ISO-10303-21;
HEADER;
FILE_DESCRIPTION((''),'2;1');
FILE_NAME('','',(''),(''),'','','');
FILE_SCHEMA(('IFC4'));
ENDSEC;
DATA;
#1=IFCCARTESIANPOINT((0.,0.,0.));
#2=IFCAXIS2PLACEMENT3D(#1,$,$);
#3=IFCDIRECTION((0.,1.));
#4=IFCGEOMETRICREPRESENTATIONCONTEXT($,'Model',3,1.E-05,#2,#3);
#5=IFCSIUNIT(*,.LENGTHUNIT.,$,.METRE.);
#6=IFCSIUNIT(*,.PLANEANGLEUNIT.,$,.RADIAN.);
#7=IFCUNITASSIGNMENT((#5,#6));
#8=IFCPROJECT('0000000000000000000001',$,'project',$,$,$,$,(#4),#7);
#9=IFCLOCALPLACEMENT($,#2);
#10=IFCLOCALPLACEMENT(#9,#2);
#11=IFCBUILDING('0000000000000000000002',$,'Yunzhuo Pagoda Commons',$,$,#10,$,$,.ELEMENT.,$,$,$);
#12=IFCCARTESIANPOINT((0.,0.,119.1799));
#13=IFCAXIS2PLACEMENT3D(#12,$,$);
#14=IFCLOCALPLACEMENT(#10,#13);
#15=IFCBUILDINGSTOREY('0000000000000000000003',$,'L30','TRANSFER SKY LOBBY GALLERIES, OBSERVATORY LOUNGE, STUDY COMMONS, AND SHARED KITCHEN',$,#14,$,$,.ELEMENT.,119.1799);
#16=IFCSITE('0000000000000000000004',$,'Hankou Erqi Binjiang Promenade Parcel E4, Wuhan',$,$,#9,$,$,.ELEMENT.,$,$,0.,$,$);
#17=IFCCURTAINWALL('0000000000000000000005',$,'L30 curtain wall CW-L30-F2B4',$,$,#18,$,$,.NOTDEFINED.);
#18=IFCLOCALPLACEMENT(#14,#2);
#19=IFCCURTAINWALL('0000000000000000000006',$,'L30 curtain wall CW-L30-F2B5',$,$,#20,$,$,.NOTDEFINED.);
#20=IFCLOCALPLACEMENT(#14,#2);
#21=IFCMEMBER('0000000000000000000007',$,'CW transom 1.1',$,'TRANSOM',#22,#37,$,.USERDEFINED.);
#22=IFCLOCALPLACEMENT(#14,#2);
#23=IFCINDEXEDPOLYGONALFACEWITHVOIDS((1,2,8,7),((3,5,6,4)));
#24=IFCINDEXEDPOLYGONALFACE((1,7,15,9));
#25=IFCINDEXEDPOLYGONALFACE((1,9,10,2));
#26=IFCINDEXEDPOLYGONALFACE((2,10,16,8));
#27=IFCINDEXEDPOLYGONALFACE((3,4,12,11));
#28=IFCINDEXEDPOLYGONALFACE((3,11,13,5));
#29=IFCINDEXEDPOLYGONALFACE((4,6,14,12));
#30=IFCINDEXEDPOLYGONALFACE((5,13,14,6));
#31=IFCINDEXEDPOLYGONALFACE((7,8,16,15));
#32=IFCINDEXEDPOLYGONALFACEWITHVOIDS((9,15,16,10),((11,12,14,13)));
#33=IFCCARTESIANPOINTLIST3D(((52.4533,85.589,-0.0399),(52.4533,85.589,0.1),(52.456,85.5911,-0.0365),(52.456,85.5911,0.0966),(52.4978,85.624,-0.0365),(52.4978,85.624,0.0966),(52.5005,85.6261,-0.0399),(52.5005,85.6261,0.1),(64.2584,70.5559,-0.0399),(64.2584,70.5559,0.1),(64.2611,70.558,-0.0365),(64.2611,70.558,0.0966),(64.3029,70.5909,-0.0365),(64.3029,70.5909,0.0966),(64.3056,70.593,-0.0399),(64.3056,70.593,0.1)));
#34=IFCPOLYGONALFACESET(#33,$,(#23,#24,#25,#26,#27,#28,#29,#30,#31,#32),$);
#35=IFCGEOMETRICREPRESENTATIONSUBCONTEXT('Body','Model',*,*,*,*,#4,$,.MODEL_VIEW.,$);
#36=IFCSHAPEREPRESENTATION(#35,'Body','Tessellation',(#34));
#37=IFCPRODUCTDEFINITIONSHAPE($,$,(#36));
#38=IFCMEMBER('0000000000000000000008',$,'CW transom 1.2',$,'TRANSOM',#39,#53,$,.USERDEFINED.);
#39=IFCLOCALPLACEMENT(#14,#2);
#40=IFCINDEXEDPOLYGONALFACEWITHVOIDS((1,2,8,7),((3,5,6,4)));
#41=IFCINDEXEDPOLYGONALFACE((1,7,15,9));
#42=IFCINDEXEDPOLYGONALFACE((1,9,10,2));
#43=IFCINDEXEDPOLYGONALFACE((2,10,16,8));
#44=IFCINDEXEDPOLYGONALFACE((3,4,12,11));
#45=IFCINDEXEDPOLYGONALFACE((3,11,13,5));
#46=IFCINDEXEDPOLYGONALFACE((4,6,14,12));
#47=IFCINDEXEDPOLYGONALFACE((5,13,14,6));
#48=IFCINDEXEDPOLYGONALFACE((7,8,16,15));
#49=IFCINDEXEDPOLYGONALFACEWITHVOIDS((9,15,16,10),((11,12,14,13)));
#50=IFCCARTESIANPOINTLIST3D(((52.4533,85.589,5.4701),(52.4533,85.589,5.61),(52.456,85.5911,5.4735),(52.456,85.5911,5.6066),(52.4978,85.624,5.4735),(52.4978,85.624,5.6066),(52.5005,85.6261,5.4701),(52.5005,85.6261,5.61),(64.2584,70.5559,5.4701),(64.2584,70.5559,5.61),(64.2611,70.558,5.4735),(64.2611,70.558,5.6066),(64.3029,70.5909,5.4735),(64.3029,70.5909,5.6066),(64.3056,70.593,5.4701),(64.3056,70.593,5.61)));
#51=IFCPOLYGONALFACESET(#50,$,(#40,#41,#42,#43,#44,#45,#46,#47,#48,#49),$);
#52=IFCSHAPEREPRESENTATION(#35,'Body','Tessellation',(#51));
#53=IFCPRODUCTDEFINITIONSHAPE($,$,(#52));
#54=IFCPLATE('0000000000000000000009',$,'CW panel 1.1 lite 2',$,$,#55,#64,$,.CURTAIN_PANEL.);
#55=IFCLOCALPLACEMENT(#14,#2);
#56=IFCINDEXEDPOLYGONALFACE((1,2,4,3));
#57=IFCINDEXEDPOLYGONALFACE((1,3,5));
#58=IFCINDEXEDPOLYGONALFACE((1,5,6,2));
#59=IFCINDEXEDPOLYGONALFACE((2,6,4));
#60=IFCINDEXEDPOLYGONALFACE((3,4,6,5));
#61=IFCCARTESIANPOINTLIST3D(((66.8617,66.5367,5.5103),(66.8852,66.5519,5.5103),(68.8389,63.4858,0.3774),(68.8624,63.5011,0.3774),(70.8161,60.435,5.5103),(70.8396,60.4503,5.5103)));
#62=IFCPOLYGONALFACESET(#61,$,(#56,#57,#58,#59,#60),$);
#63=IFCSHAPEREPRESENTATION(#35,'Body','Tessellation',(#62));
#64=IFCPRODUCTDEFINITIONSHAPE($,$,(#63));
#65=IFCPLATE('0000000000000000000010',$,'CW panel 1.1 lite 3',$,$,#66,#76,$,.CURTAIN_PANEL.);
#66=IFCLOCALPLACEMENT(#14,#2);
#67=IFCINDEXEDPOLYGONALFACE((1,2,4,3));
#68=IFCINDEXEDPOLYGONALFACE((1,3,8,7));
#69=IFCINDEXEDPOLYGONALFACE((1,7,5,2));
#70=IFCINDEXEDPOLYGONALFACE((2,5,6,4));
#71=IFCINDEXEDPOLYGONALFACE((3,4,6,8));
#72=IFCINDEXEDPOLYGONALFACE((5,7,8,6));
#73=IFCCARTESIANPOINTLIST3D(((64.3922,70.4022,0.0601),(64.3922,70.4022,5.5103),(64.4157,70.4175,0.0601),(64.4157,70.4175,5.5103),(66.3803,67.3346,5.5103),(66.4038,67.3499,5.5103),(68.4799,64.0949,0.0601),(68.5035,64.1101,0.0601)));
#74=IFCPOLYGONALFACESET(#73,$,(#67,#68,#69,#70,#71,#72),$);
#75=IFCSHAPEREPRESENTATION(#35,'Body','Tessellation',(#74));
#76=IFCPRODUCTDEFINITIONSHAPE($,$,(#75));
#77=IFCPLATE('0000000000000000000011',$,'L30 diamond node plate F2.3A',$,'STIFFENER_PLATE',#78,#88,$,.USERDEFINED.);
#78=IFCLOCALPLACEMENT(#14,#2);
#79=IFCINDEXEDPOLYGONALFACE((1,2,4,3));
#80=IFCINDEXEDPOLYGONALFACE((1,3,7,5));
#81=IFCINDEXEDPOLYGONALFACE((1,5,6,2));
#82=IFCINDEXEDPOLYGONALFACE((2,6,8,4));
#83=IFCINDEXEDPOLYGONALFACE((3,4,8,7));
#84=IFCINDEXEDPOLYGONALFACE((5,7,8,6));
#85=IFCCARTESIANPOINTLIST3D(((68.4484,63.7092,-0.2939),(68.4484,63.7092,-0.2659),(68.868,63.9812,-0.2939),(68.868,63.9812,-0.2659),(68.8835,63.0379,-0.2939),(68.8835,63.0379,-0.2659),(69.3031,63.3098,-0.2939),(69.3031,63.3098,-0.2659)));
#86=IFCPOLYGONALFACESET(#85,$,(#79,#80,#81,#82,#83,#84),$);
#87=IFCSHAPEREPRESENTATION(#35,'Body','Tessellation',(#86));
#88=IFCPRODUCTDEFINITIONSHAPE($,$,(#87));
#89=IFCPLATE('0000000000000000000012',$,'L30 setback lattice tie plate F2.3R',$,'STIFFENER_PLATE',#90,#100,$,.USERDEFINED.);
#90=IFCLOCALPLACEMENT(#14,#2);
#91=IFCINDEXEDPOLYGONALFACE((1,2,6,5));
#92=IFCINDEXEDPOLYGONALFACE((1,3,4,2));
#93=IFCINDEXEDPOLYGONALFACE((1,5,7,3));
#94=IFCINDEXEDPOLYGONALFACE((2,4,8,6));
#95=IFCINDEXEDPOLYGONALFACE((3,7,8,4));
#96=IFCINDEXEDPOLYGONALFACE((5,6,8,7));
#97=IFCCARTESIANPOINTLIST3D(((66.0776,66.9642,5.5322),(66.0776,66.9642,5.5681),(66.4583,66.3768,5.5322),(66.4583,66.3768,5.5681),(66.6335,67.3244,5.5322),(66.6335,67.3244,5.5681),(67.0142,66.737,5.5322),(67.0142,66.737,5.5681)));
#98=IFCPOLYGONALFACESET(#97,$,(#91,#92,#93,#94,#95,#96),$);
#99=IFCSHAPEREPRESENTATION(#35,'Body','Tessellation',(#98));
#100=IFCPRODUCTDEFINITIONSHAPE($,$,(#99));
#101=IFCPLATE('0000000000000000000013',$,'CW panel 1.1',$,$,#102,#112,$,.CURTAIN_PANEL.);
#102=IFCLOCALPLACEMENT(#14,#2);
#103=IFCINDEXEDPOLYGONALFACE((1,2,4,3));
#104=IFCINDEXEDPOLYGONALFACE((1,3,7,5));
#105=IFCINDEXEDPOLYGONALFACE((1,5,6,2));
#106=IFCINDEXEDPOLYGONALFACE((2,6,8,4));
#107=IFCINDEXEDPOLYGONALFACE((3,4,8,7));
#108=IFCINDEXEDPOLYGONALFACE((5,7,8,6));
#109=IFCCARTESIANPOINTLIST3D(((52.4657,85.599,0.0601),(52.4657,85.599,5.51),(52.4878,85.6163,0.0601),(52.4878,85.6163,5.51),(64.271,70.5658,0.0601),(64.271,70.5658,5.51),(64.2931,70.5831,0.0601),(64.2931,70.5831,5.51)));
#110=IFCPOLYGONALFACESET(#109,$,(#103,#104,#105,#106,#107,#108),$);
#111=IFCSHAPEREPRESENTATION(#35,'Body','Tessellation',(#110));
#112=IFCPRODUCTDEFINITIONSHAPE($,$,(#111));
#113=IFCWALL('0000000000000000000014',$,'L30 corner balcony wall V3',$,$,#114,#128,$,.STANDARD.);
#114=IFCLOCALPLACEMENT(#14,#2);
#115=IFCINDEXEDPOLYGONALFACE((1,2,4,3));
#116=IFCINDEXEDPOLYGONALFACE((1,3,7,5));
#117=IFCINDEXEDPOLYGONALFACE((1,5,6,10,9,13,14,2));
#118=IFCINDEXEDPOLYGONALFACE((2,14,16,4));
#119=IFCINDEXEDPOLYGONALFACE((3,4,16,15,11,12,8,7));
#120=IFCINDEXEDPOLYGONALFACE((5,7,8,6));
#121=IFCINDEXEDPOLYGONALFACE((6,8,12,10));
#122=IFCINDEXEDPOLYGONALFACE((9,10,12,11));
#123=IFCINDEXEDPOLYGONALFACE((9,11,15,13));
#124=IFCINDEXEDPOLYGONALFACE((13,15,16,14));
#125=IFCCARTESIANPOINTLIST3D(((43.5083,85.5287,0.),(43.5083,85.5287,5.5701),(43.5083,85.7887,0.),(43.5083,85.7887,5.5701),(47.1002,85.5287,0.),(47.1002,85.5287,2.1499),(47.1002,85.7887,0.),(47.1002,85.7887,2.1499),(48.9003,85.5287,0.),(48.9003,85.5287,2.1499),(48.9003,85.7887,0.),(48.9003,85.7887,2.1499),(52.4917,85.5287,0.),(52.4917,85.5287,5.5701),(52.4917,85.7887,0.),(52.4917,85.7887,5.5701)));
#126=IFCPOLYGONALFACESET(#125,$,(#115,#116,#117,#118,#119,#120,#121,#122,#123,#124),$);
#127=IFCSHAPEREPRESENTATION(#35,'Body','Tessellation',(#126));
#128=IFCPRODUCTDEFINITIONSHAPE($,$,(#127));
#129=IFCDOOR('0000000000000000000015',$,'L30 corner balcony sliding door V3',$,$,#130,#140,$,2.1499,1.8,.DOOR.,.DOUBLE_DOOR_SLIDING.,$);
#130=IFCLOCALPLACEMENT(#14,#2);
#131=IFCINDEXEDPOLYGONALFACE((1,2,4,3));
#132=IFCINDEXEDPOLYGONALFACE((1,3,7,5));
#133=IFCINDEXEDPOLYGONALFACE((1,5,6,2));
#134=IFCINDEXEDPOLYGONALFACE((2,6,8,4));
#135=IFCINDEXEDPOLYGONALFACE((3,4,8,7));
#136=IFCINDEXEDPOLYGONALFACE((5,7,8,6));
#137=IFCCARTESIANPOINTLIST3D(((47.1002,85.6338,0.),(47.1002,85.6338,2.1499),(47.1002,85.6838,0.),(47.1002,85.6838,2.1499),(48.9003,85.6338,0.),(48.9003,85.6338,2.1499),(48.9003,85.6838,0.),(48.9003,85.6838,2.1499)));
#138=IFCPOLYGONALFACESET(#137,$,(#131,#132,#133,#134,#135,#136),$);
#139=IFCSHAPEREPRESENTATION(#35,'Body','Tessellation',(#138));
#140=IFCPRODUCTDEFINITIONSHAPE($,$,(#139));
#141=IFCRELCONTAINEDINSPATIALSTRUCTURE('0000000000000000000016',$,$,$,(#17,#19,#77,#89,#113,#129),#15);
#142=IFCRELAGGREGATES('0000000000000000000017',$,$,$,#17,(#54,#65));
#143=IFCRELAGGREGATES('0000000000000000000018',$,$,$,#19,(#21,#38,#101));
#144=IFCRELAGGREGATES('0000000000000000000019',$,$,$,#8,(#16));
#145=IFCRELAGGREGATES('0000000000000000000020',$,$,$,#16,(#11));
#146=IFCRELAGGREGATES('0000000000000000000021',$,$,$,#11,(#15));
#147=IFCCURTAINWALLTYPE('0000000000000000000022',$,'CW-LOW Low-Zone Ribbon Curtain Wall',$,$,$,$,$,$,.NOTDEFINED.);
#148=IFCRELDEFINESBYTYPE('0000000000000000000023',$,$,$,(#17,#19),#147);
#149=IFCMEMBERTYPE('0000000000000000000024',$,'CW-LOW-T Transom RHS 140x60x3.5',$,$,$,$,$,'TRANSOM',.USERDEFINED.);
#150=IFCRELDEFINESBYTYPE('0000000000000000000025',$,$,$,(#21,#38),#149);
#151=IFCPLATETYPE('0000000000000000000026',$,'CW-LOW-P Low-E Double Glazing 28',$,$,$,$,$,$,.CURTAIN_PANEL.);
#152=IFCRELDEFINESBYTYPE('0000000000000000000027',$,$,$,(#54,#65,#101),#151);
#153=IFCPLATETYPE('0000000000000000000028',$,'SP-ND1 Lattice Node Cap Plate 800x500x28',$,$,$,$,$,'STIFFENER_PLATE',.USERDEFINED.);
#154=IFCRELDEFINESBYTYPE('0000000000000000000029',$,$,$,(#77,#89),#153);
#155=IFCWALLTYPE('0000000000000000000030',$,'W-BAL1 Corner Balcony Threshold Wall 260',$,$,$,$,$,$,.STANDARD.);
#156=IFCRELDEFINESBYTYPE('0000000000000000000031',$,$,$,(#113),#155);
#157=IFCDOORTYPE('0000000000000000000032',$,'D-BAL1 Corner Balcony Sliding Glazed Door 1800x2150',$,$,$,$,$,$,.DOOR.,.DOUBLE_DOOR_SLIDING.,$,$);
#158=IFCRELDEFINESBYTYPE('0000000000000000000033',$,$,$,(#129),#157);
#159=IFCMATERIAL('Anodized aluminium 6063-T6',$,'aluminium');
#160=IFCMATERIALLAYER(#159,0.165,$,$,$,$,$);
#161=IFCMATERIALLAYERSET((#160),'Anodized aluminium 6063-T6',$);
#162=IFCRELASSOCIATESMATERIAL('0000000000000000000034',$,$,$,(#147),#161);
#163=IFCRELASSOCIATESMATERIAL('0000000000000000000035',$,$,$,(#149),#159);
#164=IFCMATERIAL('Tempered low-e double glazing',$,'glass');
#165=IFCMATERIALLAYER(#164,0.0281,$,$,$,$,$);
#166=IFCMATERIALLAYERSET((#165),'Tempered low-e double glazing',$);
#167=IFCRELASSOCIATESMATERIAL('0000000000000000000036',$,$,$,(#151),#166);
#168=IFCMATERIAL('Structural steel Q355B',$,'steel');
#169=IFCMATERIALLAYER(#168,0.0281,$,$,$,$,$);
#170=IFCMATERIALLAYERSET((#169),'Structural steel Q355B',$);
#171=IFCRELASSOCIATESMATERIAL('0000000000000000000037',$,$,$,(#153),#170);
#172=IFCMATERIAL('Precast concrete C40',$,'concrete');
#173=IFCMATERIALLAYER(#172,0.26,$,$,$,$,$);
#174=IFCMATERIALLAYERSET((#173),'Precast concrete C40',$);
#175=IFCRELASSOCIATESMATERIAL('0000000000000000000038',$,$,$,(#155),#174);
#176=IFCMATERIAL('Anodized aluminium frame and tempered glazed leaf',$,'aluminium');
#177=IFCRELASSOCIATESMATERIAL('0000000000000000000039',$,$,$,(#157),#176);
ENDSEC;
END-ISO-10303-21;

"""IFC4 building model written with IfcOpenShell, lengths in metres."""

from ifc_helpers import new_model, si_unit, direction, frame, frame_2d, origin, origin_with_axes, origin_2d, place, context, subcontext, project, spatial, polyline, rectangle, hollow_rectangle, outline, extrude, source, transform, mapped, material, layer, layer_set, material_profile, profile_set, type_object, element, fill, aggregate, save


model = new_model("IFC4")

# Units and contexts
model_context = context("Model", 3, precision=1e-05, world=origin(), true_north=direction((0.0, 1.0)))
body_context = subcontext(model_context, "Body", "Model", "MODEL_VIEW")
ifc_project = project(units=[si_unit("LENGTHUNIT", "METRE"), si_unit("PLANEANGLEUNIT", "RADIAN")], contexts=[model_context])

# Site, building, storey
site_placement = place(None, origin())
site = spatial("IfcSite", under=ifc_project, at=site_placement, Name="Hankou Erqi Binjiang Promenade Parcel E4, Wuhan", CompositionType="ELEMENT", RefElevation=0.0)
building_placement = place(site_placement, origin())
building = spatial("IfcBuilding", under=site, at=building_placement, Name="Yunzhuo Pagoda Commons", CompositionType="ELEMENT")
storey_placement = place(building_placement, frame((0.0, 0.0, 119.1799)))
storey = spatial("IfcBuildingStorey", under=building, at=storey_placement, Name="L30", Description="TRANSFER SKY LOBBY GALLERIES, OBSERVATORY LOUNGE, STUDY COMMONS, AND SHARED KITCHEN", CompositionType="ELEMENT", Elevation=119.1799)

# Shared definitions
ifc_material_1 = material(Name="Structural steel Q355B", Category="steel")

# Curtain wall
ifc_material_2 = material(Name="Anodized aluminium 6063-T6", Category="aluminium")
ifc_layer_1 = layer(ifc_material_2, 0.165)
ifc_layer_set_1 = layer_set([ifc_layer_1], Name="Anodized aluminium 6063-T6")
curtain_wall_type = type_object("IfcCurtainWallType", Name="CW-LOW Low-Zone Ribbon Curtain Wall", PredefinedType="NOTDEFINED", material=ifc_layer_set_1)
curtain_wall_1_placement = place(storey_placement, origin())
curtain_wall_1 = element("IfcCurtainWall", 1, at=curtain_wall_1_placement, inside=storey, type_object=curtain_wall_type, Name="L30 curtain wall CW-L30-F2B4", PredefinedType="NOTDEFINED")

# Curtain wall, members
curtain_wall_2_placement = place(storey_placement, origin())
curtain_wall_2 = element("IfcCurtainWall", 2, at=curtain_wall_2_placement, inside=storey, type_object=curtain_wall_type, Name="L30 curtain wall CW-L30-F2B5", PredefinedType="NOTDEFINED")
ifc_material_profile_1 = material_profile(ifc_material_2, hollow_rectangle(XDim=0.0601, YDim=0.1399, WallThickness=0.0034, at=origin_2d()), Name="Anodized aluminium 6063-T6")
ifc_profile_set_1 = profile_set([ifc_material_profile_1], Name="Anodized aluminium 6063-T6")
member_type_1 = type_object("IfcMemberType", Name="CW-LOW-T Transom RHS 140x60x3.5", ElementType="TRANSOM", PredefinedType="USERDEFINED", material=ifc_profile_set_1)
shared_shape_1 = source(origin(), body_context, "Body", "SweptSolid", [
    extrude(hollow_rectangle(XDim=0.0601, YDim=0.1399, WallThickness=0.0034, at=origin_2d()), origin(), (0.0, 0.0, 1.0), 19.1143),
])
member_1_placement = place(storey_placement, frame((64.282, 70.5745, 0.03), z_axis=(-0.617607, 0.786487, 0.0), x_axis=(-0.786487, -0.617607, 0.0)))
member_1 = element("IfcMember", 3, at=member_1_placement, type_object=member_type_1, Name="CW transom 1.1", ObjectType="TRANSOM", PredefinedType="USERDEFINED", context=body_context, shape_type="MappedRepresentation", body=[
    mapped(shared_shape_1, transform((0.0, 0.0, 0.0), scale=1.0)),
])
member_2_placement = place(storey_placement, frame((64.282, 70.5745, 5.54), z_axis=(-0.617607, 0.786487, 0.0), x_axis=(-0.786487, -0.617607, 0.0)))
member_2 = element("IfcMember", 4, at=member_2_placement, type_object=member_type_1, Name="CW transom 1.2", ObjectType="TRANSOM", PredefinedType="USERDEFINED", context=body_context, shape_type="MappedRepresentation", body=[
    mapped(shared_shape_1, transform((0.0, 0.0, 0.0), scale=1.0)),
])

# Plates
ifc_material_3 = material(Name="Tempered low-e double glazing", Category="glass")
ifc_layer_2 = layer(ifc_material_3, 0.0281)
ifc_layer_set_2 = layer_set([ifc_layer_2], Name="Tempered low-e double glazing")
plate_type_1 = type_object("IfcPlateType", Name="CW-LOW-P Low-E Double Glazing 28", PredefinedType="CURTAIN_PANEL", material=ifc_layer_set_2)
plate_1_placement = place(storey_placement, frame((68.8389, 63.4858, 2.9438), z_axis=(0.839175, 0.543862, 0.0), x_axis=(-0.543862, 0.839175, 0.0)))
plate_1 = element("IfcPlate", 5, at=plate_1_placement, type_object=plate_type_1, Name="CW panel 1.1 lite 2", PredefinedType="CURTAIN_PANEL", context=body_context, shape_type="SweptSolid", body=[
    extrude(outline(polyline([(-3.6355, 2.5664), (0.0, -2.5664), (3.6355, 2.5664), (-3.6355, 2.5664)])), origin(), (0.0, 0.0, 1.0), 0.0281),
])
plate_2_placement = place(storey_placement, frame((66.436, 67.2485, 2.7852), z_axis=(0.839175, 0.543862, 0.0), x_axis=(-0.543862, 0.839175, 0.0)))
plate_2 = element("IfcPlate", 6, at=plate_2_placement, type_object=plate_type_1, Name="CW panel 1.1 lite 3", PredefinedType="CURTAIN_PANEL", context=body_context, shape_type="SweptSolid", body=[
    extrude(outline(polyline([(-3.7581, -2.7251), (3.7581, -2.7251), (3.7581, 2.7251), (0.1025, 2.7251), (-3.7581, -2.7251)])), origin(), (0.0, 0.0, 1.0), 0.0281),
])
aggregate(curtain_wall_1, [plate_1, plate_2])

# Plates
ifc_layer_3 = layer(ifc_material_1, 0.0281)
ifc_layer_set_3 = layer_set([ifc_layer_3], Name="Structural steel Q355B")
plate_type_2 = type_object("IfcPlateType", Name="SP-ND1 Lattice Node Cap Plate 800x500x28", ElementType="STIFFENER_PLATE", PredefinedType="USERDEFINED", material=ifc_layer_set_3)
shared_shape_2 = source(origin(), body_context, "Body", "SweptSolid", [
    extrude(rectangle(XDim=0.8, YDim=0.5, at=origin_2d()), origin(), (0.0, 0.0, 1.0), 0.0281),
])
plate_3_placement = place(storey_placement, frame((68.8757, 63.5095, -0.2939), z_axis=(0.0, 0.0, 1.0), x_axis=(-0.543863, 0.839174, 0.0)))
element("IfcPlate", 7, at=plate_3_placement, inside=storey, type_object=plate_type_2, Name="L30 diamond node plate F2.3A", ObjectType="STIFFENER_PLATE", PredefinedType="USERDEFINED", context=body_context, shape_type="MappedRepresentation", body=[
    mapped(shared_shape_2, transform((0.0, 0.0, 0.0), scale=1.0)),
])
shared_shape_3 = source(origin(), body_context, "Body", "SweptSolid", [
    extrude(rectangle(XDim=0.7, YDim=0.6624, at=origin_2d()), origin(), (0.0, 0.0, 1.0), 0.0359),
])
plate_4_placement = place(storey_placement, frame((66.5459, 66.8506, 5.5322), z_axis=(0.0, 0.0, 1.0), x_axis=(-0.543863, 0.839174, 0.0)))
element("IfcPlate", 8, at=plate_4_placement, inside=storey, type_object=plate_type_2, Name="L30 setback lattice tie plate F2.3R", ObjectType="STIFFENER_PLATE", PredefinedType="USERDEFINED", context=body_context, shape_type="MappedRepresentation", body=[
    mapped(shared_shape_3, transform((0.0, 0.0, 0.0), scale=1.0)),
])

# Plate
shared_shape_4 = source(origin(), body_context, "Body", "SweptSolid", [
    extrude(rectangle(XDim=19.1145, YDim=0.0281, at=origin_2d()), origin(), (0.0, 0.0, 1.0), 5.45),
])
plate_5_placement = place(storey_placement, frame((58.3794, 78.0911, 0.0601), z_axis=(0.0, 0.0, 1.0), x_axis=(-0.617613, 0.786482, 0.0)))
plate_5 = element("IfcPlate", 9, at=plate_5_placement, type_object=plate_type_1, Name="CW panel 1.1", PredefinedType="CURTAIN_PANEL", context=body_context, shape_type="MappedRepresentation", body=[
    mapped(shared_shape_4, transform((0.0, 0.0, 0.0), scale=1.0)),
])
aggregate(curtain_wall_2, [member_1, member_2, plate_5])

# Wall, opening, door
ifc_material_4 = material(Name="Precast concrete C40", Category="concrete")
ifc_layer_4 = layer(ifc_material_4, 0.26)
ifc_layer_set_4 = layer_set([ifc_layer_4], Name="Precast concrete C40")
wall_type = type_object("IfcWallType", Name="W-BAL1 Corner Balcony Threshold Wall 260", PredefinedType="STANDARD", material=ifc_layer_set_4)
wall_placement = place(storey_placement, frame((52.4917, 85.6587, 0.0), z_axis=(0.0, 0.0, 1.0), x_axis=(-1.0, 0.0, 0.0)))
wall = element("IfcWall", 10, at=wall_placement, inside=storey, type_object=wall_type, Name="L30 corner balcony wall V3", PredefinedType="STANDARD", context=body_context, shape_type="SweptSolid", body=[
    extrude(rectangle(XDim=8.9834, YDim=0.26, at=frame_2d((4.4917, 0.0))), origin(), (0.0, 0.0, 1.0), 5.5701),
])
opening_placement = place(wall_placement, frame((3.5916, 0.0, 0.0)))
opening = element("IfcOpeningElement", 11, at=opening_placement, cuts=wall, PredefinedType="OPENING", context=body_context, shape_type="SweptSolid", body=[
    extrude(rectangle(XDim=1.8, YDim=2.1499, at=frame_2d((0.8999, 1.075))), frame((0.0, 0.1401, 0.0), z_axis=(0.0, -1.0, 0.0), x_axis=(1.0, 0.0, 0.0)), (0.0, 0.0, 1.0), 0.28),
])
ifc_material_5 = material(Name="Anodized aluminium frame and tempered glazed leaf", Category="aluminium")
door_type = type_object("IfcDoorType", Name="D-BAL1 Corner Balcony Sliding Glazed Door 1800x2150", OperationType="DOUBLE_DOOR_SLIDING", PredefinedType="DOOR", material=ifc_material_5)
shared_shape_5 = source(origin(), body_context, "Body", "SweptSolid", [
    extrude(rectangle(XDim=1.8, YDim=2.1499, at=frame_2d((0.8999, 1.075))), frame((0.0, 0.0249, 0.0), z_axis=(0.0, -1.0, 0.0), x_axis=(1.0, 0.0, 0.0)), (0.0, 0.0, 1.0), 0.05),
])
door_placement = place(opening_placement, origin_with_axes())
door = element("IfcDoor", 12, at=door_placement, inside=storey, type_object=door_type, Name="L30 corner balcony sliding door V3", OperationType="DOUBLE_DOOR_SLIDING", OverallHeight=2.1499, OverallWidth=1.8, PredefinedType="DOOR", context=body_context, shape_type="MappedRepresentation", body=[
    mapped(shared_shape_5, transform((0.0, 0.0, 0.0), scale=1.0)),
])
fill(opening, door)

save(model, "model.ifc")
